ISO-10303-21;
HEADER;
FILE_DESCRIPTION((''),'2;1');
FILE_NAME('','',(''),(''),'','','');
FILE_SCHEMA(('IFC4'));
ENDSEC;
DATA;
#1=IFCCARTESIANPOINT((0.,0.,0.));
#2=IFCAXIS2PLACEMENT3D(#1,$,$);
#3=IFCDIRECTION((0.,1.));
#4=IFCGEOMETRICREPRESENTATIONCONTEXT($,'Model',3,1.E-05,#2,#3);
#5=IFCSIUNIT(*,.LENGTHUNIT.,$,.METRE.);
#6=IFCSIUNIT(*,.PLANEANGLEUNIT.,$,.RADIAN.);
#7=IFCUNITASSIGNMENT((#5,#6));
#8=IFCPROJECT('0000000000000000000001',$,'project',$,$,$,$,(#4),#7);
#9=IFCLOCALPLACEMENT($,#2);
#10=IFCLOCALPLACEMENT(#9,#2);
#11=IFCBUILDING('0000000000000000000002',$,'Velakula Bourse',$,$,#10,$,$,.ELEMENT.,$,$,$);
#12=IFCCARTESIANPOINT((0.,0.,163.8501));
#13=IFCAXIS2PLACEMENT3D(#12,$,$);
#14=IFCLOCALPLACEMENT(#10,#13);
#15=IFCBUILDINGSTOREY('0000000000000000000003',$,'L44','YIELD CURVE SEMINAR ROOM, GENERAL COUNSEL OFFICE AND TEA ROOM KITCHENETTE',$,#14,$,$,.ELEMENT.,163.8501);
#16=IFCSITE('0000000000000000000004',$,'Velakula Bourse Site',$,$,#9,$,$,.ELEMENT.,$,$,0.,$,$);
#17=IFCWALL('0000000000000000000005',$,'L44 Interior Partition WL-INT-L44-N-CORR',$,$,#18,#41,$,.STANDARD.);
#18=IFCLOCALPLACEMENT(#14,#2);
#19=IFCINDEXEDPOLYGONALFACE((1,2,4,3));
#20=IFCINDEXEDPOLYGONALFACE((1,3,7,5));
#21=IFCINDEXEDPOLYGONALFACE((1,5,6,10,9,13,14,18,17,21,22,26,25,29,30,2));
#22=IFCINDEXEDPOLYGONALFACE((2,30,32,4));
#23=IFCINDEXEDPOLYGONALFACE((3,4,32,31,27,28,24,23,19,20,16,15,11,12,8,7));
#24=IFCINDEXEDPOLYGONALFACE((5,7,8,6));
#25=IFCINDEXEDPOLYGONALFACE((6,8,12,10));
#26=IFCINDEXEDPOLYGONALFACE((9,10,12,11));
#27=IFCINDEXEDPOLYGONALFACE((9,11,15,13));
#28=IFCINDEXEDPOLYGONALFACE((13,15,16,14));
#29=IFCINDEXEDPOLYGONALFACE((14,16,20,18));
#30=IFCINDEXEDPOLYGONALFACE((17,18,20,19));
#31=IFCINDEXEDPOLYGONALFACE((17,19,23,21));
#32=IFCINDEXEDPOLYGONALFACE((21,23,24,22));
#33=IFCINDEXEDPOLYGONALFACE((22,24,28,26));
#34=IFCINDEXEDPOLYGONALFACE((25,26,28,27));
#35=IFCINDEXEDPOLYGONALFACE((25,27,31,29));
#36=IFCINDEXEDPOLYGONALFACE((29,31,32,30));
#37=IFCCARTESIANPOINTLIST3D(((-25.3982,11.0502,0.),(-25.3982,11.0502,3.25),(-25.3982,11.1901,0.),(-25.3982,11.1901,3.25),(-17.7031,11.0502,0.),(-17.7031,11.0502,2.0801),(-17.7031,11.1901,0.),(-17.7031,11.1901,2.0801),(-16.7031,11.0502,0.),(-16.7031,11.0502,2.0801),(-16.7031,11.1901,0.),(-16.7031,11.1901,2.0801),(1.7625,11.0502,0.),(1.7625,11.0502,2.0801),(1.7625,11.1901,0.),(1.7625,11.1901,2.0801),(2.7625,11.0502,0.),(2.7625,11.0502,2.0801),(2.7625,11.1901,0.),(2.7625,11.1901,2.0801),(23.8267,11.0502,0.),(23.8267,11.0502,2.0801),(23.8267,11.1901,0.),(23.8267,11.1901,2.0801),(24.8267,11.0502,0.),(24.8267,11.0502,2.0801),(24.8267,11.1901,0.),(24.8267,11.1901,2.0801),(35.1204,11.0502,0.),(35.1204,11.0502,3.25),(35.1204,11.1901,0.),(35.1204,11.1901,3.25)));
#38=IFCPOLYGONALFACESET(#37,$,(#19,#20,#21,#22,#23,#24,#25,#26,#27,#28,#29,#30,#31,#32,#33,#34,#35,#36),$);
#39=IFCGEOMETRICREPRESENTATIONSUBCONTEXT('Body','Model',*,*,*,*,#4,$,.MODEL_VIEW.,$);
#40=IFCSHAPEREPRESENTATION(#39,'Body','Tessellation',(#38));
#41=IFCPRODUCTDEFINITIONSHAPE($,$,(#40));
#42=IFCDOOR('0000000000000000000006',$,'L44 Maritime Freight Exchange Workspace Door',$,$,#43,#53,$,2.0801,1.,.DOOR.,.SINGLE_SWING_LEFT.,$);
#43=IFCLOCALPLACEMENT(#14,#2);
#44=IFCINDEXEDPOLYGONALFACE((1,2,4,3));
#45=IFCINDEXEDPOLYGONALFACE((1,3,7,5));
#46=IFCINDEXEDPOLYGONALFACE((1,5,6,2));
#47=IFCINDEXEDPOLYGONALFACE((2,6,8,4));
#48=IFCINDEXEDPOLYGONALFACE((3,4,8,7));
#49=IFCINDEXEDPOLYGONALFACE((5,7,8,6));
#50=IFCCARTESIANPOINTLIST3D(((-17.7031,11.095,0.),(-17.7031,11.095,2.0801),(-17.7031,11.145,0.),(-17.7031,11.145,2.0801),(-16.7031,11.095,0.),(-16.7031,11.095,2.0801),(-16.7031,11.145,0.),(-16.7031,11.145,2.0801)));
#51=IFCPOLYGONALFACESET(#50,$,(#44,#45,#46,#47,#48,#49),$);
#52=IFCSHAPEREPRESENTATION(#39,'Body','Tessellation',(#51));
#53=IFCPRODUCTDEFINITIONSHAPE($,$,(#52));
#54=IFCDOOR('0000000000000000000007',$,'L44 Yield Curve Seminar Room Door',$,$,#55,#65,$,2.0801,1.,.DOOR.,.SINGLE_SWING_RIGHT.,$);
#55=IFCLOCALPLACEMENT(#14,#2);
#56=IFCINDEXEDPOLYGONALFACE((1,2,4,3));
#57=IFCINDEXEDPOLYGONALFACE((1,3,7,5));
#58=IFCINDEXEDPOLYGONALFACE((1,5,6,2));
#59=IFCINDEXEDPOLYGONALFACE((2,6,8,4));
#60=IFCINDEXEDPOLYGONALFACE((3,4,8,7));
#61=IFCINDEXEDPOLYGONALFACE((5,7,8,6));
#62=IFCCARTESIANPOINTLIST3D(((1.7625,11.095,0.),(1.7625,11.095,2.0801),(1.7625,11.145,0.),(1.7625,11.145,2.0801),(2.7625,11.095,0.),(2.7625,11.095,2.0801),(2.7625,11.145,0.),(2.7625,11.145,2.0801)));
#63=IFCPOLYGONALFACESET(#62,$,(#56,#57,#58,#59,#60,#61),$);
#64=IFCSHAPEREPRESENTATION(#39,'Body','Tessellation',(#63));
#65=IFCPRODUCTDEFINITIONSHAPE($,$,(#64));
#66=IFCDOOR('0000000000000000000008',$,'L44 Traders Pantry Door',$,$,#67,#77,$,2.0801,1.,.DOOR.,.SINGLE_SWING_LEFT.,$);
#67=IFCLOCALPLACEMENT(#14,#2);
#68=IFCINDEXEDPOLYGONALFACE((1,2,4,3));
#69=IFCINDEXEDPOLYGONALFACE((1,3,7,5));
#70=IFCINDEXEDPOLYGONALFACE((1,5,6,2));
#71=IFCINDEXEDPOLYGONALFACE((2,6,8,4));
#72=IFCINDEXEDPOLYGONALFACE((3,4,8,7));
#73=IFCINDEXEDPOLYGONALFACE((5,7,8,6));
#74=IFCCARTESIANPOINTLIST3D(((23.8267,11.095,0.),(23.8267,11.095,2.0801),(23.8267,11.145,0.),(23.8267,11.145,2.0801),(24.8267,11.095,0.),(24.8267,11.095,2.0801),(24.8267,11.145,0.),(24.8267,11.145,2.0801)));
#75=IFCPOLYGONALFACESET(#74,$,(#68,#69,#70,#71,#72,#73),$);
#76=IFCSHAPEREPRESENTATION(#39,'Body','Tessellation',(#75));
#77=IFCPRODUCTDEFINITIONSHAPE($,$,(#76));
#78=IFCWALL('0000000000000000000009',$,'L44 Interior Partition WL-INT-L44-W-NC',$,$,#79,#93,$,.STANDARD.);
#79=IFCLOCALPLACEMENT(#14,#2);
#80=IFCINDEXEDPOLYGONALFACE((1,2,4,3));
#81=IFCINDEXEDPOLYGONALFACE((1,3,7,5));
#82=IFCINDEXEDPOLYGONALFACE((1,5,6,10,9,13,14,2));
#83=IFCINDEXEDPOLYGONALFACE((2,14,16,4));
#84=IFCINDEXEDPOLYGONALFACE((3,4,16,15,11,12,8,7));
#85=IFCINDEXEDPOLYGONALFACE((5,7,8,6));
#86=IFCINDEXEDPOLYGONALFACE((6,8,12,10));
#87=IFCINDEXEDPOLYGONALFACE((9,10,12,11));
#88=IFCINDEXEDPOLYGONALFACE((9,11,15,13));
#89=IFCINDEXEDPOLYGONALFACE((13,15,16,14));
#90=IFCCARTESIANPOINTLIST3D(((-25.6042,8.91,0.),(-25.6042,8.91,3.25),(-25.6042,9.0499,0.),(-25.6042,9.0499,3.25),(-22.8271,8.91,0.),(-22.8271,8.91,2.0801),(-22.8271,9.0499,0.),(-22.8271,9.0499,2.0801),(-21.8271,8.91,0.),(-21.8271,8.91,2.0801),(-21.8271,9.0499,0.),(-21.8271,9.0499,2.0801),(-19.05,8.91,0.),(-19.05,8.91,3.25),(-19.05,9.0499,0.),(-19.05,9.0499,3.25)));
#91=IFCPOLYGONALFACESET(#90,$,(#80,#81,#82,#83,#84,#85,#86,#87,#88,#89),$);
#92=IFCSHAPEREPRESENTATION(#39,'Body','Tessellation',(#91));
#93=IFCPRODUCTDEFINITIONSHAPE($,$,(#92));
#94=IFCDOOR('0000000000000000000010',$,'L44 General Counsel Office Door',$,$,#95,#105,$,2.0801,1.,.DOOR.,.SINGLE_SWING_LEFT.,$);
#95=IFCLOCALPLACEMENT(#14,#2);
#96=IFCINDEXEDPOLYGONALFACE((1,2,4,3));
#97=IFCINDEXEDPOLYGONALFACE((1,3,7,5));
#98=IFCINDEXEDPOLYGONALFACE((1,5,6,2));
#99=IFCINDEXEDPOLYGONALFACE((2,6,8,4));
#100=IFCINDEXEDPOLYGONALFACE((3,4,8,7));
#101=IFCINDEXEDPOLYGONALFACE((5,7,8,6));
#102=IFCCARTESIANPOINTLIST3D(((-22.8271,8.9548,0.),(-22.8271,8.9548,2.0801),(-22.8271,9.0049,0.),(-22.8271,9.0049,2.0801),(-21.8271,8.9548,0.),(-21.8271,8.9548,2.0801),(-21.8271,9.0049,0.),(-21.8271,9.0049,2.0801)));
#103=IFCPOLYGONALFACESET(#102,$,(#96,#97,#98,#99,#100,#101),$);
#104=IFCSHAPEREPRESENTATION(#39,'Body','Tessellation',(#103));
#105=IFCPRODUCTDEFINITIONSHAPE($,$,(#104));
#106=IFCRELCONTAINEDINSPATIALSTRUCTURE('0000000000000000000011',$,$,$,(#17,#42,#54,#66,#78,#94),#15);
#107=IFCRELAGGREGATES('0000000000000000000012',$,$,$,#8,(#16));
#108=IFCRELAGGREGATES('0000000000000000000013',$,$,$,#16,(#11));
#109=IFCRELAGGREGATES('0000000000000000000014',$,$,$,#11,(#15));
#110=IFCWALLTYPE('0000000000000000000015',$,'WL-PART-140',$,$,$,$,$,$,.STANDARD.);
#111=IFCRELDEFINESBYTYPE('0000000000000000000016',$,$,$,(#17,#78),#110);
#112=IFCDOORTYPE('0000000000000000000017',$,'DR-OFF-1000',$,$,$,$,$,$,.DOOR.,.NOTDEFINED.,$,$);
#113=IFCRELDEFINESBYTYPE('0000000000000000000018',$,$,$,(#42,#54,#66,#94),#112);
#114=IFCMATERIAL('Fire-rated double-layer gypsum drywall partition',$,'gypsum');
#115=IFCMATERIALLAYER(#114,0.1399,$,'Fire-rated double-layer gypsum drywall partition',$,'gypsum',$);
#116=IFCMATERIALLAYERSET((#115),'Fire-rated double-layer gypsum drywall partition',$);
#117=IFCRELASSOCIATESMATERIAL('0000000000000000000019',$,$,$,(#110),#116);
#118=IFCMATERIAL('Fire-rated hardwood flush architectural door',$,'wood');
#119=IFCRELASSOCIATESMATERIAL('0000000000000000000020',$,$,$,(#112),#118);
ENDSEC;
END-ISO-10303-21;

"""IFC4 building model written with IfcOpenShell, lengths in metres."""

from ifc_helpers import new_model, si_unit, direction, frame, frame_2d, origin, place, context, subcontext, project, spatial, rectangle, extrude, material, layer, layer_set, type_object, element, fill, save


model = new_model("IFC4")

# Units and contexts
model_context = context("Model", 3, precision=1e-05, world=origin(), true_north=direction((0.0, 1.0)))
body_context = subcontext(model_context, "Body", "Model", "MODEL_VIEW")
ifc_project = project(units=[si_unit("LENGTHUNIT", "METRE"), si_unit("PLANEANGLEUNIT", "RADIAN")], contexts=[model_context])

# Site, building, storey
site_placement = place(None, origin())
site = spatial("IfcSite", under=ifc_project, at=site_placement, Name="Velakula Bourse Site", CompositionType="ELEMENT", RefElevation=0.0)
building_placement = place(site_placement, origin())
building = spatial("IfcBuilding", under=site, at=building_placement, Name="Velakula Bourse", CompositionType="ELEMENT")
storey_placement = place(building_placement, frame((0.0, 0.0, 163.8501)))
storey = spatial("IfcBuildingStorey", under=building, at=storey_placement, Name="L44", Description="YIELD CURVE SEMINAR ROOM, GENERAL COUNSEL OFFICE AND TEA ROOM KITCHENETTE", CompositionType="ELEMENT", Elevation=163.8501)

# Shared definitions
ifc_material_1 = material(Name="Fire-rated hardwood flush architectural door", Category="wood")

# Wall, openings, doors
ifc_material_2 = material(Name="Fire-rated double-layer gypsum drywall partition", Category="gypsum")
ifc_layer_1 = layer(ifc_material_2, 0.1399, Name="Fire-rated double-layer gypsum drywall partition", Category="gypsum")
ifc_layer_set_1 = layer_set([ifc_layer_1], Name="Fire-rated double-layer gypsum drywall partition")
wall_type_1 = type_object("IfcWallType", Name="WL-PART-140", PredefinedType="STANDARD", material=ifc_layer_set_1)
wall_1_placement = place(storey_placement, frame((-25.3982, 11.1201, 0.0), z_axis=(0.0, 0.0, 1.0), x_axis=(1.0, 0.0, 0.0)))
wall_1 = element("IfcWall", 1, at=wall_1_placement, inside=storey, type_object=wall_type_1, Name="L44 Interior Partition WL-INT-L44-N-CORR", PredefinedType="STANDARD", context=body_context, shape_type="SweptSolid", body=[
    extrude(rectangle(XDim=60.5186, YDim=0.1399, at=frame_2d((30.2593, 0.0))), origin(), (0.0, 0.0, 1.0), 3.25),
])
opening_1_placement = place(wall_1_placement, frame((7.6951, 0.0, 0.0)))
opening_1 = element("IfcOpeningElement", 2, at=opening_1_placement, cuts=wall_1, PredefinedType="OPENING", context=body_context, shape_type="SweptSolid", body=[
    extrude(rectangle(XDim=1.0, YDim=2.0801, at=frame_2d((0.5, 1.04))), frame((0.0, 0.0798, 0.0), z_axis=(0.0, -1.0, 0.0), x_axis=(1.0, 0.0, 0.0)), (0.0, 0.0, 1.0), 0.1599),
])
opening_2_placement = place(wall_1_placement, frame((27.1606, 0.0, 0.0)))
opening_2 = element("IfcOpeningElement", 3, at=opening_2_placement, cuts=wall_1, PredefinedType="OPENING", context=body_context, shape_type="SweptSolid", body=[
    extrude(rectangle(XDim=1.0, YDim=2.0801, at=frame_2d((0.5, 1.04))), frame((0.0, 0.0798, 0.0), z_axis=(0.0, -1.0, 0.0), x_axis=(1.0, 0.0, 0.0)), (0.0, 0.0, 1.0), 0.1599),
])
opening_3_placement = place(wall_1_placement, frame((49.2249, 0.0, 0.0)))
opening_3 = element("IfcOpeningElement", 4, at=opening_3_placement, cuts=wall_1, PredefinedType="OPENING", context=body_context, shape_type="SweptSolid", body=[
    extrude(rectangle(XDim=1.0, YDim=2.0801, at=frame_2d((0.5, 1.04))), frame((0.0, 0.0798, 0.0), z_axis=(0.0, -1.0, 0.0), x_axis=(1.0, 0.0, 0.0)), (0.0, 0.0, 1.0), 0.1599),
])
door_type_1 = type_object("IfcDoorType", Name="DR-OFF-1000", OperationType="NOTDEFINED", PredefinedType="DOOR", material=ifc_material_1)
door_1_placement = place(opening_1_placement, origin())
door_1 = element("IfcDoor", 5, at=door_1_placement, inside=storey, type_object=door_type_1, Name="L44 Maritime Freight Exchange Workspace Door", OperationType="SINGLE_SWING_LEFT", OverallHeight=2.0801, OverallWidth=1.0, PredefinedType="DOOR", context=body_context, shape_type="SweptSolid", body=[
    extrude(rectangle(XDim=1.0, YDim=2.0801, at=frame_2d((0.5, 1.04))), frame((0.0, 0.0249, 0.0), z_axis=(0.0, -1.0, 0.0), x_axis=(1.0, 0.0, 0.0)), (0.0, 0.0, 1.0), 0.05),
])
fill(opening_1, door_1)
door_2_placement = place(opening_2_placement, origin())
door_2 = element("IfcDoor", 6, at=door_2_placement, inside=storey, type_object=door_type_1, Name="L44 Yield Curve Seminar Room Door", OperationType="SINGLE_SWING_RIGHT", OverallHeight=2.0801, OverallWidth=1.0, PredefinedType="DOOR", context=body_context, shape_type="SweptSolid", body=[
    extrude(rectangle(XDim=1.0, YDim=2.0801, at=frame_2d((0.5, 1.04))), frame((0.0, 0.0249, 0.0), z_axis=(0.0, -1.0, 0.0), x_axis=(1.0, 0.0, 0.0)), (0.0, 0.0, 1.0), 0.05),
])
fill(opening_2, door_2)
door_3_placement = place(opening_3_placement, origin())
door_3 = element("IfcDoor", 7, at=door_3_placement, inside=storey, type_object=door_type_1, Name="L44 Traders Pantry Door", OperationType="SINGLE_SWING_LEFT", OverallHeight=2.0801, OverallWidth=1.0, PredefinedType="DOOR", context=body_context, shape_type="SweptSolid", body=[
    extrude(rectangle(XDim=1.0, YDim=2.0801, at=frame_2d((0.5, 1.04))), frame((0.0, 0.0249, 0.0), z_axis=(0.0, -1.0, 0.0), x_axis=(1.0, 0.0, 0.0)), (0.0, 0.0, 1.0), 0.05),
])
fill(opening_3, door_3)

# Wall, opening, door
wall_2_placement = place(storey_placement, frame((-25.6042, 8.98, 0.0), z_axis=(0.0, 0.0, 1.0), x_axis=(1.0, 0.0, 0.0)))
wall_2 = element("IfcWall", 8, at=wall_2_placement, inside=storey, type_object=wall_type_1, Name="L44 Interior Partition WL-INT-L44-W-NC", PredefinedType="STANDARD", context=body_context, shape_type="SweptSolid", body=[
    extrude(rectangle(XDim=6.5542, YDim=0.1399, at=frame_2d((3.2771, 0.0))), origin(), (0.0, 0.0, 1.0), 3.25),
])
opening_4_placement = place(wall_2_placement, frame((2.7771, 0.0, 0.0)))
opening_4 = element("IfcOpeningElement", 9, at=opening_4_placement, cuts=wall_2, PredefinedType="OPENING", context=body_context, shape_type="SweptSolid", body=[
    extrude(rectangle(XDim=1.0, YDim=2.0801, at=frame_2d((0.5, 1.04))), frame((0.0, 0.0798, 0.0), z_axis=(0.0, -1.0, 0.0), x_axis=(1.0, 0.0, 0.0)), (0.0, 0.0, 1.0), 0.1599),
])
door_4_placement = place(opening_4_placement, origin())
door_4 = element("IfcDoor", 10, at=door_4_placement, inside=storey, type_object=door_type_1, Name="L44 General Counsel Office Door", OperationType="SINGLE_SWING_LEFT", OverallHeight=2.0801, OverallWidth=1.0, PredefinedType="DOOR", context=body_context, shape_type="SweptSolid", body=[
    extrude(rectangle(XDim=1.0, YDim=2.0801, at=frame_2d((0.5, 1.04))), frame((0.0, 0.0249, 0.0), z_axis=(0.0, -1.0, 0.0), x_axis=(1.0, 0.0, 0.0)), (0.0, 0.0, 1.0), 0.05),
])
fill(opening_4, door_4)

save(model, "model.ifc")
